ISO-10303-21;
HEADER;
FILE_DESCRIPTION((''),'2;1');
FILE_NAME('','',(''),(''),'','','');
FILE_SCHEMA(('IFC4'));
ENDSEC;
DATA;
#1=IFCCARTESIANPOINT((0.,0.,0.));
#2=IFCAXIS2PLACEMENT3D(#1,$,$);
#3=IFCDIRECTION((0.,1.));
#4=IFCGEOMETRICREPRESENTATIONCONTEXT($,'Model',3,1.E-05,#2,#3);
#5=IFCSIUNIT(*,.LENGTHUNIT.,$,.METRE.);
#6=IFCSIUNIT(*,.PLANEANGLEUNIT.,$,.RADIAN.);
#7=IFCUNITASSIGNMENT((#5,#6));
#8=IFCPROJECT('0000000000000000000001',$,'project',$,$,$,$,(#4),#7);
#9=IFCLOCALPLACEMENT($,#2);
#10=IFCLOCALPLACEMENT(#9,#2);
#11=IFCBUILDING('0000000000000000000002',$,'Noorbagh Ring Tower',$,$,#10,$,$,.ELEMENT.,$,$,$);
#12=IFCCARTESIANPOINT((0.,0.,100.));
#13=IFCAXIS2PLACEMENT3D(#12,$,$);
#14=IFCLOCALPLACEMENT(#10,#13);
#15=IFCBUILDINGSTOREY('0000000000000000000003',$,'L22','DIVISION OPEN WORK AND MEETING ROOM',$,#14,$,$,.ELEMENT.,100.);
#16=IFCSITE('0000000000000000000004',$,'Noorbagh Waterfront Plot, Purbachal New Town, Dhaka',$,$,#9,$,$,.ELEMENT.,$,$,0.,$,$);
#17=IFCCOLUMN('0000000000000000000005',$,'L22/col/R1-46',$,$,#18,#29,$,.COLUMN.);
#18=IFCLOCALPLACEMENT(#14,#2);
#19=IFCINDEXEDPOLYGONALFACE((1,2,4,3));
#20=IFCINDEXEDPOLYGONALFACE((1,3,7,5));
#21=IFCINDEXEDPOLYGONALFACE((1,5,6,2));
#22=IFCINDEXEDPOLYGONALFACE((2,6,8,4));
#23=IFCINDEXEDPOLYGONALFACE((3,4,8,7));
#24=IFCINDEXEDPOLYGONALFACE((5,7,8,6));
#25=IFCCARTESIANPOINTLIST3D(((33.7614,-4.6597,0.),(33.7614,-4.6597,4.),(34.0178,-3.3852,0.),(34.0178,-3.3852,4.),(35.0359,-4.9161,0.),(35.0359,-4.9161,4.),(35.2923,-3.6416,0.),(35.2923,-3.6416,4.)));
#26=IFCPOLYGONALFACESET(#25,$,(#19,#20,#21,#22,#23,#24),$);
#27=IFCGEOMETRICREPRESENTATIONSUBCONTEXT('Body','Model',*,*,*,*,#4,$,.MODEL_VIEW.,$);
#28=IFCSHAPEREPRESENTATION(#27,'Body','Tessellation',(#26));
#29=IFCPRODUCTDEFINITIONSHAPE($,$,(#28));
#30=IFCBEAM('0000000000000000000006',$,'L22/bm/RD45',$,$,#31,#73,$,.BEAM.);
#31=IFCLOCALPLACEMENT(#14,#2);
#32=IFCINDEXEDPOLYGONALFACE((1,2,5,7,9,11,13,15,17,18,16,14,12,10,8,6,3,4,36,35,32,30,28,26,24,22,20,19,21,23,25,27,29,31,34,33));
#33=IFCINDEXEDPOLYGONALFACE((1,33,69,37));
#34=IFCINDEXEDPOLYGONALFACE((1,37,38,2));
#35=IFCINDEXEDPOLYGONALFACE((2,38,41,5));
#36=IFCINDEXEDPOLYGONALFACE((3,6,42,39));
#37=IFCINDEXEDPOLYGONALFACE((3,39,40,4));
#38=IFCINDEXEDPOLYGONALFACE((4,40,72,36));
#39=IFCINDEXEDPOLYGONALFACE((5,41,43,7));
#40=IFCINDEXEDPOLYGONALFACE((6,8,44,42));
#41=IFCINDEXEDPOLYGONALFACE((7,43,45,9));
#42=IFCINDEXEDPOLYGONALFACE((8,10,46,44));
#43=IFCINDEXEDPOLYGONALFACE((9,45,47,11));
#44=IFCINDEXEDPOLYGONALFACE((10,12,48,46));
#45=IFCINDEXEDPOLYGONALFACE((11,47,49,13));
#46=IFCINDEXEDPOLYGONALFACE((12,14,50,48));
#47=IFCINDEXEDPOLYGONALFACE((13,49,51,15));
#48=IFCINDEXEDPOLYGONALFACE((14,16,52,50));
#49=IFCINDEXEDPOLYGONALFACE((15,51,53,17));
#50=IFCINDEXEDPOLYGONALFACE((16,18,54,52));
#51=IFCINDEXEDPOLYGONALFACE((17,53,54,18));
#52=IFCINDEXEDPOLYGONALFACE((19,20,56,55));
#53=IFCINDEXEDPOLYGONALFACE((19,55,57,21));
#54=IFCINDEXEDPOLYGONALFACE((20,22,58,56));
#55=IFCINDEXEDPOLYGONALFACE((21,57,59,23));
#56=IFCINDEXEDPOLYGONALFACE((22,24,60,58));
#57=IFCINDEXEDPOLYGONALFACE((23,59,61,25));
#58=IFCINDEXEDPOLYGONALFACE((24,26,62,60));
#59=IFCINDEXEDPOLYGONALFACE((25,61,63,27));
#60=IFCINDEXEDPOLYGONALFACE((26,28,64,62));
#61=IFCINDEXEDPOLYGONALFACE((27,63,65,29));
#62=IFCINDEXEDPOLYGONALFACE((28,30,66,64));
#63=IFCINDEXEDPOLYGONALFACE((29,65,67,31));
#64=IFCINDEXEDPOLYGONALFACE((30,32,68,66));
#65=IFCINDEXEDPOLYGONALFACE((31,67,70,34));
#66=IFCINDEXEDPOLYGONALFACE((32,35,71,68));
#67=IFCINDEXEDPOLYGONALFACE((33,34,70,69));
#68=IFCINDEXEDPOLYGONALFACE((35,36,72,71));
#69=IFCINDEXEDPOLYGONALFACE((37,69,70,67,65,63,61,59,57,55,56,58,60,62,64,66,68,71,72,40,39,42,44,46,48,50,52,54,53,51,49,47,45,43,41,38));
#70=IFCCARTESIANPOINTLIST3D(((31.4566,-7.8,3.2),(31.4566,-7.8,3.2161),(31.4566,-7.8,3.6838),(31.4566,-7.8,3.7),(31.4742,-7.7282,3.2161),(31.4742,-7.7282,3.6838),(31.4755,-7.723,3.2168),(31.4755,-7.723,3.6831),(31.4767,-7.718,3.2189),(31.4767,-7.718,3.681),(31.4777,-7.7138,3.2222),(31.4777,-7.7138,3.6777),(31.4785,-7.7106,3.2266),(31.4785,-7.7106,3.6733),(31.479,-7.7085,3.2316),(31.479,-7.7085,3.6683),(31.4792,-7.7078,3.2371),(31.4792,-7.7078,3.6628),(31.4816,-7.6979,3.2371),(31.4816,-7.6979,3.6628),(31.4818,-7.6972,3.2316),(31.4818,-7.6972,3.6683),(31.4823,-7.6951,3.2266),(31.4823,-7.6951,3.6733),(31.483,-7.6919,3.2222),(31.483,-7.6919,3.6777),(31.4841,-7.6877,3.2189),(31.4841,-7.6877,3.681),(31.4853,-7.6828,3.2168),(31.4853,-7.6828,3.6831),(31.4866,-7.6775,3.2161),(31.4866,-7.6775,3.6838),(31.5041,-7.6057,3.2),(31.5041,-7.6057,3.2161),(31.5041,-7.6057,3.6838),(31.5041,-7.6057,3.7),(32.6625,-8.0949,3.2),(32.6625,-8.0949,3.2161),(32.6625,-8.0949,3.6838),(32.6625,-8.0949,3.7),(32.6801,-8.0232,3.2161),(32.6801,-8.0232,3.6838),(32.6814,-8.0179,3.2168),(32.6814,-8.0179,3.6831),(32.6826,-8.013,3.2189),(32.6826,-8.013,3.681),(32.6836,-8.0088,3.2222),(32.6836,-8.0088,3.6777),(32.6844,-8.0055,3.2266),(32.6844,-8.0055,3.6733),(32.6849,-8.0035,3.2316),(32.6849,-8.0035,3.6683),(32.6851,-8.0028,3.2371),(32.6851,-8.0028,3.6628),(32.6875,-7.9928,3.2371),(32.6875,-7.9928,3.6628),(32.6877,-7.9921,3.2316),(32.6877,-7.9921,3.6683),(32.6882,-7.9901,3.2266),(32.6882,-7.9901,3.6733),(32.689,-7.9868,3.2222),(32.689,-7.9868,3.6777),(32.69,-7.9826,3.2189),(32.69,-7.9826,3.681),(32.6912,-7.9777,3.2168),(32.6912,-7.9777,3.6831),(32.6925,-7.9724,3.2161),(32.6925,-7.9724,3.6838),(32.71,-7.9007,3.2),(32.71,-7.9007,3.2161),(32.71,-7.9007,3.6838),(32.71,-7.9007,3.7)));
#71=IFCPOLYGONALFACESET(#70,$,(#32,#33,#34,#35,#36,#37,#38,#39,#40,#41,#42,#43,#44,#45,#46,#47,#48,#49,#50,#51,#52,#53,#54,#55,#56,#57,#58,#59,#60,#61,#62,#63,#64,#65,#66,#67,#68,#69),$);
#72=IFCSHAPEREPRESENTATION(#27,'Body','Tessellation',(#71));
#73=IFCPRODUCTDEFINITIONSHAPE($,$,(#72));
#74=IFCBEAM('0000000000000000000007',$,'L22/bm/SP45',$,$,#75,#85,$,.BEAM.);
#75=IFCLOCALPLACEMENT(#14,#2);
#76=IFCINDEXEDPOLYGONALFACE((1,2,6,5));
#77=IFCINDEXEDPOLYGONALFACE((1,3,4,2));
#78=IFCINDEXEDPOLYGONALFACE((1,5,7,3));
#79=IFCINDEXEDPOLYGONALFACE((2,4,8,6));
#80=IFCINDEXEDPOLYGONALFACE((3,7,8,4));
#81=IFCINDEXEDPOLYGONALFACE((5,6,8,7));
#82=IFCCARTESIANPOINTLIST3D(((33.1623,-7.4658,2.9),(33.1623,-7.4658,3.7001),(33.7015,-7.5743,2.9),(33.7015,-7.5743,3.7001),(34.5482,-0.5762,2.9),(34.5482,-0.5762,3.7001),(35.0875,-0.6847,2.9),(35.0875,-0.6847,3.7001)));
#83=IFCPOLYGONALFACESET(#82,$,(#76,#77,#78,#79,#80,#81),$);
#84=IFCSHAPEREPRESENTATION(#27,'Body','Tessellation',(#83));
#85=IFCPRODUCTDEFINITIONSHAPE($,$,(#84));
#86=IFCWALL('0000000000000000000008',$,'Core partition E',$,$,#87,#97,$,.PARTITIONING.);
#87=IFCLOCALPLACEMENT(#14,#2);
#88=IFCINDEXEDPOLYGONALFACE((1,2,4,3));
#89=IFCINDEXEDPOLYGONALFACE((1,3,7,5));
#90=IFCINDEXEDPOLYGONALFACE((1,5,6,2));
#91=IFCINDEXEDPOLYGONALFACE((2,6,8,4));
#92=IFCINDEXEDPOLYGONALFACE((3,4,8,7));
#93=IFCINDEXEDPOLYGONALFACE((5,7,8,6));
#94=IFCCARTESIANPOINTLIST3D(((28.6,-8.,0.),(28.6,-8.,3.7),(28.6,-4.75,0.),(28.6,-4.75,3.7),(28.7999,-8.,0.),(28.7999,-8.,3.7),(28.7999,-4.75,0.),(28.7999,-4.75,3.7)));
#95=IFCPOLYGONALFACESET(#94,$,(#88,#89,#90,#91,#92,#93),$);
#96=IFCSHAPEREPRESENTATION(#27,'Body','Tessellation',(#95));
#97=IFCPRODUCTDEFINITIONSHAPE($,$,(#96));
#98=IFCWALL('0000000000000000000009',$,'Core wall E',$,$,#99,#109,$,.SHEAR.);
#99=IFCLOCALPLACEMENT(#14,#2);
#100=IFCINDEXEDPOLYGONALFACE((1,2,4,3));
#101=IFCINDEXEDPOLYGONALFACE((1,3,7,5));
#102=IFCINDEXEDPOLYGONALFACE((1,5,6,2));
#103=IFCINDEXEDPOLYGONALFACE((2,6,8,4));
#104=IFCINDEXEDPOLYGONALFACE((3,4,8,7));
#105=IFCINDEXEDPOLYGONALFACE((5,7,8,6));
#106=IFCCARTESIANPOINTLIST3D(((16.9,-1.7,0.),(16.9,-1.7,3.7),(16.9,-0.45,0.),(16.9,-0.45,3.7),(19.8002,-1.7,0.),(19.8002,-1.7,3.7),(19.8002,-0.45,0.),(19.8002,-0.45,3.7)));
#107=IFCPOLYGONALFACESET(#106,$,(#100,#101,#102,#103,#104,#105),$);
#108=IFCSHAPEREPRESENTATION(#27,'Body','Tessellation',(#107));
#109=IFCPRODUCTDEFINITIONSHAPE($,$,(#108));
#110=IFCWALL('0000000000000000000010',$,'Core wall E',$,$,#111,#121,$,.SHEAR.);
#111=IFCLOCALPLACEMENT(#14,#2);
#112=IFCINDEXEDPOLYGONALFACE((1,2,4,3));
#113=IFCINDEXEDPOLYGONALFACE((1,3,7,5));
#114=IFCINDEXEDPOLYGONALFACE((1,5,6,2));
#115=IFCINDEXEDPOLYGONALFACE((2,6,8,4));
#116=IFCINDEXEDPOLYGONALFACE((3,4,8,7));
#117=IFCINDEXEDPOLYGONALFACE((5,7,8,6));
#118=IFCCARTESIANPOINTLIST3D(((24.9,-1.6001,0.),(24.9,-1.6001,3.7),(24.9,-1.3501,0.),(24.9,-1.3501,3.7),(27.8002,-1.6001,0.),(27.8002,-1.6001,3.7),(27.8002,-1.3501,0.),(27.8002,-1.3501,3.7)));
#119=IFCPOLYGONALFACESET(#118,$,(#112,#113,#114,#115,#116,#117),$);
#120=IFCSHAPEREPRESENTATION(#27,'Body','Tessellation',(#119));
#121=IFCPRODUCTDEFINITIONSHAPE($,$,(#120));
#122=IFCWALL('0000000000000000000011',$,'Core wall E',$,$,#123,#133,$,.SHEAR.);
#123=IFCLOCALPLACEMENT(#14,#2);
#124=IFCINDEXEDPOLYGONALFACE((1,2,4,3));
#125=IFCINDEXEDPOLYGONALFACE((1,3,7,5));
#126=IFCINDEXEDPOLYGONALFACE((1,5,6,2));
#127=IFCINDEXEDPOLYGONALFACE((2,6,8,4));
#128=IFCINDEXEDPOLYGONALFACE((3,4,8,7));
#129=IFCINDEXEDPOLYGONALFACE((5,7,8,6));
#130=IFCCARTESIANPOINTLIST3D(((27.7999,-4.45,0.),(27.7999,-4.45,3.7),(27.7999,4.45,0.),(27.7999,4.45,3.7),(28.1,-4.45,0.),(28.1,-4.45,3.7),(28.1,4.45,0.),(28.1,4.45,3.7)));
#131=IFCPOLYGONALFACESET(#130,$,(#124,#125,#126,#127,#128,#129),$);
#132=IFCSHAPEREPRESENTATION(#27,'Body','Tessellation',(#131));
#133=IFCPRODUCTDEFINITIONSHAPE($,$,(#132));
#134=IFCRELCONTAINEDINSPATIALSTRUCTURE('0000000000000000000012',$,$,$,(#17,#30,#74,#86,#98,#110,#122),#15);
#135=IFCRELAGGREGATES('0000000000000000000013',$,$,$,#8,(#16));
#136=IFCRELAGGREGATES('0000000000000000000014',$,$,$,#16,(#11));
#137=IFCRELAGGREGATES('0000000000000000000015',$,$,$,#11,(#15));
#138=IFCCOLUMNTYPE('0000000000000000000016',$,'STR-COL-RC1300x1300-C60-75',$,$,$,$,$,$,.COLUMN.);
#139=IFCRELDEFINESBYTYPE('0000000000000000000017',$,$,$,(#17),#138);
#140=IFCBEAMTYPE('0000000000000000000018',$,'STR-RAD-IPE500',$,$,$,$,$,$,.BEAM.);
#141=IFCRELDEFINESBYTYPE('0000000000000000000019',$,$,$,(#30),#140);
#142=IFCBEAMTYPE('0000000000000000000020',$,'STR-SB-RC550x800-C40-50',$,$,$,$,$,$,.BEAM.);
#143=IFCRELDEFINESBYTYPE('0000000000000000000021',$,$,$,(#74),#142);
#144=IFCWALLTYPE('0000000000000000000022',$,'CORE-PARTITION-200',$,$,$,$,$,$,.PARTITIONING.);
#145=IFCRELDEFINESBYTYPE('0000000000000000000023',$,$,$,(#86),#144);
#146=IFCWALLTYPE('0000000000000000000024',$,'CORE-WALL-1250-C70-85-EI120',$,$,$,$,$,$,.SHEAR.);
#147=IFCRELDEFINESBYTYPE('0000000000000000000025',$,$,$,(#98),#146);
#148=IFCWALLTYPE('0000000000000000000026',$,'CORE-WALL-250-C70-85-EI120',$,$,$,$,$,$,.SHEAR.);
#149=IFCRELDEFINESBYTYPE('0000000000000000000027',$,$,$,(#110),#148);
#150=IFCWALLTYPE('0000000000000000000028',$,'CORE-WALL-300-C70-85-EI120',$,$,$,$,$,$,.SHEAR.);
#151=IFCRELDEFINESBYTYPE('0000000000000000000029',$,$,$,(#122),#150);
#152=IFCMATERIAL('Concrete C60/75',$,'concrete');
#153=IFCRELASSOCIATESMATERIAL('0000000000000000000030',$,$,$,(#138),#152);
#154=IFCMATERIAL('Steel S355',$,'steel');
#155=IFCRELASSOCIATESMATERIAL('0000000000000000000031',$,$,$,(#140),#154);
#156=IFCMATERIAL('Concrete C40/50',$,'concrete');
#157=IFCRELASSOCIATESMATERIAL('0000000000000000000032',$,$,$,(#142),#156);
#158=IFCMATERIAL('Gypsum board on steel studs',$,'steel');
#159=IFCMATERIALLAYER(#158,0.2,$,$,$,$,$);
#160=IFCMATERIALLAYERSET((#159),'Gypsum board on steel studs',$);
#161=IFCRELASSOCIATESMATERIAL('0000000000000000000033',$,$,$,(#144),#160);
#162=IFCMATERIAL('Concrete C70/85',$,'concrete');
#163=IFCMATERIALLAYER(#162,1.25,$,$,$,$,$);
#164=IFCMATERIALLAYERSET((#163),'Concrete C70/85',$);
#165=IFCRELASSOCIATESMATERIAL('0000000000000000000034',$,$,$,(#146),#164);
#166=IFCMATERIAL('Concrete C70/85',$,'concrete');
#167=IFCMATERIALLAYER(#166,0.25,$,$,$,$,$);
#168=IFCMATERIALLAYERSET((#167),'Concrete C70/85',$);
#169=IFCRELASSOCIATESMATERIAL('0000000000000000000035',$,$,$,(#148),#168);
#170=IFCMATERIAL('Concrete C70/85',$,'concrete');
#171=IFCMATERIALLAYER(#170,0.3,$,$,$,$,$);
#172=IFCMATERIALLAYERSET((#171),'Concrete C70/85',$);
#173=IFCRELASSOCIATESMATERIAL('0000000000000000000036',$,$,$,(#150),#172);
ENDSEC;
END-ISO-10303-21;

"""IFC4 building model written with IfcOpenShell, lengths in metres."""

from ifc_helpers import new_model, si_unit, direction, frame, frame_2d, origin, origin_2d, place, context, subcontext, project, spatial, rectangle, i_section, extrude, material, layer, layer_set, material_profile, profile_set, type_object, element, save


model = new_model("IFC4")

# Units and contexts
model_context = context("Model", 3, precision=1e-05, world=origin(), true_north=direction((0.0, 1.0)))
body_context = subcontext(model_context, "Body", "Model", "MODEL_VIEW")
ifc_project = project(units=[si_unit("LENGTHUNIT", "METRE"), si_unit("PLANEANGLEUNIT", "RADIAN")], contexts=[model_context])

# Site, building, storey
site_placement = place(None, origin())
site = spatial("IfcSite", under=ifc_project, at=site_placement, Name="Noorbagh Waterfront Plot, Purbachal New Town, Dhaka", CompositionType="ELEMENT", RefElevation=0.0)
building_placement = place(site_placement, origin())
building = spatial("IfcBuilding", under=site, at=building_placement, Name="Noorbagh Ring Tower", CompositionType="ELEMENT")
storey_placement = place(building_placement, frame((0.0, 0.0, 100.0)))
storey = spatial("IfcBuildingStorey", under=building, at=storey_placement, Name="L22", Description="DIVISION OPEN WORK AND MEETING ROOM", CompositionType="ELEMENT", Elevation=100.0)

# Column
ifc_material_1 = material(Name="Concrete C60/75", Category="concrete")
ifc_material_profile_1 = material_profile(ifc_material_1, rectangle(XDim=1.3, YDim=1.3, at=origin_2d()), Name="RC1300x1300")
ifc_profile_set_1 = profile_set([ifc_material_profile_1], Name="Concrete C60/75")
column_type = type_object("IfcColumnType", Name="STR-COL-RC1300x1300-C60-75", PredefinedType="COLUMN", material=ifc_profile_set_1)
column_placement = place(storey_placement, frame((34.5269, -4.1506, 0.0), z_axis=(0.0, 0.0, 1.0), x_axis=(0.19723, 0.980357, 0.0)))
element("IfcColumn", 1, at=column_placement, inside=storey, type_object=column_type, Name="L22/col/R1-46", PredefinedType="COLUMN", context=body_context, shape_type="SweptSolid", body=[
    extrude(rectangle(XDim=1.3, YDim=1.3, at=origin_2d()), origin(), (0.0, 0.0, 1.0), 4.0),
])

# Beams
ifc_material_2 = material(Name="Steel S355", Category="steel")
ifc_material_profile_2 = material_profile(ifc_material_2, i_section(OverallWidth=0.2, OverallDepth=0.5, WebThickness=0.0103, FlangeThickness=0.0161, FilletRadius=0.021, at=origin_2d()), Name="IPE500")
ifc_profile_set_2 = profile_set([ifc_material_profile_2], Name="Steel S355")
beam_type_1 = type_object("IfcBeamType", Name="STR-RAD-IPE500", PredefinedType="BEAM", material=ifc_profile_set_2)
beam_1_placement = place(storey_placement, frame((32.6863, -7.9978, 3.45), z_axis=(-0.971368, 0.237581, 0.0), x_axis=(-0.237581, -0.971368, 0.0)))
element("IfcBeam", 2, at=beam_1_placement, inside=storey, type_object=beam_type_1, Name="L22/bm/RD45", PredefinedType="BEAM", context=body_context, shape_type="SweptSolid", body=[
    extrude(i_section(OverallWidth=0.2, OverallDepth=0.5, WebThickness=0.0103, FlangeThickness=0.0161, FilletRadius=0.021, at=origin_2d()), origin(), (0.0, 0.0, 1.0), 1.2415),
])
ifc_material_3 = material(Name="Concrete C40/50", Category="concrete")
ifc_material_profile_3 = material_profile(ifc_material_3, rectangle(XDim=0.55, YDim=0.8, at=origin_2d()), Name="RC550x800")
ifc_profile_set_3 = profile_set([ifc_material_profile_3], Name="Concrete C40/50")
beam_type_2 = type_object("IfcBeamType", Name="STR-SB-RC550x800-C40-50", PredefinedType="BEAM", material=ifc_profile_set_3)
beam_2_placement = place(storey_placement, frame((33.4319, -7.52, 3.3), z_axis=(0.197218, 0.98036, 0.0), x_axis=(-0.98036, 0.197218, 0.0)))
element("IfcBeam", 3, at=beam_2_placement, inside=storey, type_object=beam_type_2, Name="L22/bm/SP45", PredefinedType="BEAM", context=body_context, shape_type="SweptSolid", body=[
    extrude(rectangle(XDim=0.55, YDim=0.8, at=origin_2d()), origin(), (0.0, 0.0, 1.0), 7.0276),
])

# Walls
ifc_material_4 = material(Name="Gypsum board on steel studs", Category="steel")
ifc_layer_1 = layer(ifc_material_4, 0.2)
ifc_layer_set_1 = layer_set([ifc_layer_1], Name="Gypsum board on steel studs")
wall_type_1 = type_object("IfcWallType", Name="CORE-PARTITION-200", PredefinedType="PARTITIONING", material=ifc_layer_set_1)
wall_1_placement = place(storey_placement, frame((28.7, -8.0, 0.0), z_axis=(0.0, 0.0, 1.0), x_axis=(0.0, 1.0, 0.0)))
element("IfcWall", 4, at=wall_1_placement, inside=storey, type_object=wall_type_1, Name="Core partition E", PredefinedType="PARTITIONING", context=body_context, shape_type="SweptSolid", body=[
    extrude(rectangle(XDim=3.25, YDim=0.2, at=frame_2d((1.625, 0.0))), origin(), (0.0, 0.0, 1.0), 3.7),
])
ifc_material_5 = material(Name="Concrete C70/85", Category="concrete")
ifc_layer_2 = layer(ifc_material_5, 1.25)
ifc_layer_set_2 = layer_set([ifc_layer_2], Name="Concrete C70/85")
wall_type_2 = type_object("IfcWallType", Name="CORE-WALL-1250-C70-85-EI120", PredefinedType="SHEAR", material=ifc_layer_set_2)
wall_2_placement = place(storey_placement, frame((16.8999, -1.075, 0.0), z_axis=(0.0, 0.0, 1.0), x_axis=(1.0, 0.0, 0.0)))
element("IfcWall", 5, at=wall_2_placement, inside=storey, type_object=wall_type_2, Name="Core wall E", PredefinedType="SHEAR", context=body_context, shape_type="SweptSolid", body=[
    extrude(rectangle(XDim=2.9001, YDim=1.25, at=frame_2d((1.4502, 0.0))), origin(), (0.0, 0.0, 1.0), 3.7),
])
ifc_material_6 = material(Name="Concrete C70/85", Category="concrete")
ifc_layer_3 = layer(ifc_material_6, 0.25)
ifc_layer_set_3 = layer_set([ifc_layer_3], Name="Concrete C70/85")
wall_type_3 = type_object("IfcWallType", Name="CORE-WALL-250-C70-85-EI120", PredefinedType="SHEAR", material=ifc_layer_set_3)
wall_3_placement = place(storey_placement, frame((24.8999, -1.4751, 0.0), z_axis=(0.0, 0.0, 1.0), x_axis=(1.0, 0.0, 0.0)))
element("IfcWall", 6, at=wall_3_placement, inside=storey, type_object=wall_type_3, Name="Core wall E", PredefinedType="SHEAR", context=body_context, shape_type="SweptSolid", body=[
    extrude(rectangle(XDim=2.9001, YDim=0.25, at=frame_2d((1.4502, 0.0))), origin(), (0.0, 0.0, 1.0), 3.7),
])
ifc_material_7 = material(Name="Concrete C70/85", Category="concrete")
ifc_layer_4 = layer(ifc_material_7, 0.3)
ifc_layer_set_4 = layer_set([ifc_layer_4], Name="Concrete C70/85")
wall_type_4 = type_object("IfcWallType", Name="CORE-WALL-300-C70-85-EI120", PredefinedType="SHEAR", material=ifc_layer_set_4)
wall_4_placement = place(storey_placement, frame((27.95, -4.45, 0.0), z_axis=(0.0, 0.0, 1.0), x_axis=(0.0, 1.0, 0.0)))
element("IfcWall", 7, at=wall_4_placement, inside=storey, type_object=wall_type_4, Name="Core wall E", PredefinedType="SHEAR", context=body_context, shape_type="SweptSolid", body=[
    extrude(rectangle(XDim=8.8999, YDim=0.3, at=frame_2d((4.45, 0.0))), origin(), (0.0, 0.0, 1.0), 3.7),
])

save(model, "model.ifc")
